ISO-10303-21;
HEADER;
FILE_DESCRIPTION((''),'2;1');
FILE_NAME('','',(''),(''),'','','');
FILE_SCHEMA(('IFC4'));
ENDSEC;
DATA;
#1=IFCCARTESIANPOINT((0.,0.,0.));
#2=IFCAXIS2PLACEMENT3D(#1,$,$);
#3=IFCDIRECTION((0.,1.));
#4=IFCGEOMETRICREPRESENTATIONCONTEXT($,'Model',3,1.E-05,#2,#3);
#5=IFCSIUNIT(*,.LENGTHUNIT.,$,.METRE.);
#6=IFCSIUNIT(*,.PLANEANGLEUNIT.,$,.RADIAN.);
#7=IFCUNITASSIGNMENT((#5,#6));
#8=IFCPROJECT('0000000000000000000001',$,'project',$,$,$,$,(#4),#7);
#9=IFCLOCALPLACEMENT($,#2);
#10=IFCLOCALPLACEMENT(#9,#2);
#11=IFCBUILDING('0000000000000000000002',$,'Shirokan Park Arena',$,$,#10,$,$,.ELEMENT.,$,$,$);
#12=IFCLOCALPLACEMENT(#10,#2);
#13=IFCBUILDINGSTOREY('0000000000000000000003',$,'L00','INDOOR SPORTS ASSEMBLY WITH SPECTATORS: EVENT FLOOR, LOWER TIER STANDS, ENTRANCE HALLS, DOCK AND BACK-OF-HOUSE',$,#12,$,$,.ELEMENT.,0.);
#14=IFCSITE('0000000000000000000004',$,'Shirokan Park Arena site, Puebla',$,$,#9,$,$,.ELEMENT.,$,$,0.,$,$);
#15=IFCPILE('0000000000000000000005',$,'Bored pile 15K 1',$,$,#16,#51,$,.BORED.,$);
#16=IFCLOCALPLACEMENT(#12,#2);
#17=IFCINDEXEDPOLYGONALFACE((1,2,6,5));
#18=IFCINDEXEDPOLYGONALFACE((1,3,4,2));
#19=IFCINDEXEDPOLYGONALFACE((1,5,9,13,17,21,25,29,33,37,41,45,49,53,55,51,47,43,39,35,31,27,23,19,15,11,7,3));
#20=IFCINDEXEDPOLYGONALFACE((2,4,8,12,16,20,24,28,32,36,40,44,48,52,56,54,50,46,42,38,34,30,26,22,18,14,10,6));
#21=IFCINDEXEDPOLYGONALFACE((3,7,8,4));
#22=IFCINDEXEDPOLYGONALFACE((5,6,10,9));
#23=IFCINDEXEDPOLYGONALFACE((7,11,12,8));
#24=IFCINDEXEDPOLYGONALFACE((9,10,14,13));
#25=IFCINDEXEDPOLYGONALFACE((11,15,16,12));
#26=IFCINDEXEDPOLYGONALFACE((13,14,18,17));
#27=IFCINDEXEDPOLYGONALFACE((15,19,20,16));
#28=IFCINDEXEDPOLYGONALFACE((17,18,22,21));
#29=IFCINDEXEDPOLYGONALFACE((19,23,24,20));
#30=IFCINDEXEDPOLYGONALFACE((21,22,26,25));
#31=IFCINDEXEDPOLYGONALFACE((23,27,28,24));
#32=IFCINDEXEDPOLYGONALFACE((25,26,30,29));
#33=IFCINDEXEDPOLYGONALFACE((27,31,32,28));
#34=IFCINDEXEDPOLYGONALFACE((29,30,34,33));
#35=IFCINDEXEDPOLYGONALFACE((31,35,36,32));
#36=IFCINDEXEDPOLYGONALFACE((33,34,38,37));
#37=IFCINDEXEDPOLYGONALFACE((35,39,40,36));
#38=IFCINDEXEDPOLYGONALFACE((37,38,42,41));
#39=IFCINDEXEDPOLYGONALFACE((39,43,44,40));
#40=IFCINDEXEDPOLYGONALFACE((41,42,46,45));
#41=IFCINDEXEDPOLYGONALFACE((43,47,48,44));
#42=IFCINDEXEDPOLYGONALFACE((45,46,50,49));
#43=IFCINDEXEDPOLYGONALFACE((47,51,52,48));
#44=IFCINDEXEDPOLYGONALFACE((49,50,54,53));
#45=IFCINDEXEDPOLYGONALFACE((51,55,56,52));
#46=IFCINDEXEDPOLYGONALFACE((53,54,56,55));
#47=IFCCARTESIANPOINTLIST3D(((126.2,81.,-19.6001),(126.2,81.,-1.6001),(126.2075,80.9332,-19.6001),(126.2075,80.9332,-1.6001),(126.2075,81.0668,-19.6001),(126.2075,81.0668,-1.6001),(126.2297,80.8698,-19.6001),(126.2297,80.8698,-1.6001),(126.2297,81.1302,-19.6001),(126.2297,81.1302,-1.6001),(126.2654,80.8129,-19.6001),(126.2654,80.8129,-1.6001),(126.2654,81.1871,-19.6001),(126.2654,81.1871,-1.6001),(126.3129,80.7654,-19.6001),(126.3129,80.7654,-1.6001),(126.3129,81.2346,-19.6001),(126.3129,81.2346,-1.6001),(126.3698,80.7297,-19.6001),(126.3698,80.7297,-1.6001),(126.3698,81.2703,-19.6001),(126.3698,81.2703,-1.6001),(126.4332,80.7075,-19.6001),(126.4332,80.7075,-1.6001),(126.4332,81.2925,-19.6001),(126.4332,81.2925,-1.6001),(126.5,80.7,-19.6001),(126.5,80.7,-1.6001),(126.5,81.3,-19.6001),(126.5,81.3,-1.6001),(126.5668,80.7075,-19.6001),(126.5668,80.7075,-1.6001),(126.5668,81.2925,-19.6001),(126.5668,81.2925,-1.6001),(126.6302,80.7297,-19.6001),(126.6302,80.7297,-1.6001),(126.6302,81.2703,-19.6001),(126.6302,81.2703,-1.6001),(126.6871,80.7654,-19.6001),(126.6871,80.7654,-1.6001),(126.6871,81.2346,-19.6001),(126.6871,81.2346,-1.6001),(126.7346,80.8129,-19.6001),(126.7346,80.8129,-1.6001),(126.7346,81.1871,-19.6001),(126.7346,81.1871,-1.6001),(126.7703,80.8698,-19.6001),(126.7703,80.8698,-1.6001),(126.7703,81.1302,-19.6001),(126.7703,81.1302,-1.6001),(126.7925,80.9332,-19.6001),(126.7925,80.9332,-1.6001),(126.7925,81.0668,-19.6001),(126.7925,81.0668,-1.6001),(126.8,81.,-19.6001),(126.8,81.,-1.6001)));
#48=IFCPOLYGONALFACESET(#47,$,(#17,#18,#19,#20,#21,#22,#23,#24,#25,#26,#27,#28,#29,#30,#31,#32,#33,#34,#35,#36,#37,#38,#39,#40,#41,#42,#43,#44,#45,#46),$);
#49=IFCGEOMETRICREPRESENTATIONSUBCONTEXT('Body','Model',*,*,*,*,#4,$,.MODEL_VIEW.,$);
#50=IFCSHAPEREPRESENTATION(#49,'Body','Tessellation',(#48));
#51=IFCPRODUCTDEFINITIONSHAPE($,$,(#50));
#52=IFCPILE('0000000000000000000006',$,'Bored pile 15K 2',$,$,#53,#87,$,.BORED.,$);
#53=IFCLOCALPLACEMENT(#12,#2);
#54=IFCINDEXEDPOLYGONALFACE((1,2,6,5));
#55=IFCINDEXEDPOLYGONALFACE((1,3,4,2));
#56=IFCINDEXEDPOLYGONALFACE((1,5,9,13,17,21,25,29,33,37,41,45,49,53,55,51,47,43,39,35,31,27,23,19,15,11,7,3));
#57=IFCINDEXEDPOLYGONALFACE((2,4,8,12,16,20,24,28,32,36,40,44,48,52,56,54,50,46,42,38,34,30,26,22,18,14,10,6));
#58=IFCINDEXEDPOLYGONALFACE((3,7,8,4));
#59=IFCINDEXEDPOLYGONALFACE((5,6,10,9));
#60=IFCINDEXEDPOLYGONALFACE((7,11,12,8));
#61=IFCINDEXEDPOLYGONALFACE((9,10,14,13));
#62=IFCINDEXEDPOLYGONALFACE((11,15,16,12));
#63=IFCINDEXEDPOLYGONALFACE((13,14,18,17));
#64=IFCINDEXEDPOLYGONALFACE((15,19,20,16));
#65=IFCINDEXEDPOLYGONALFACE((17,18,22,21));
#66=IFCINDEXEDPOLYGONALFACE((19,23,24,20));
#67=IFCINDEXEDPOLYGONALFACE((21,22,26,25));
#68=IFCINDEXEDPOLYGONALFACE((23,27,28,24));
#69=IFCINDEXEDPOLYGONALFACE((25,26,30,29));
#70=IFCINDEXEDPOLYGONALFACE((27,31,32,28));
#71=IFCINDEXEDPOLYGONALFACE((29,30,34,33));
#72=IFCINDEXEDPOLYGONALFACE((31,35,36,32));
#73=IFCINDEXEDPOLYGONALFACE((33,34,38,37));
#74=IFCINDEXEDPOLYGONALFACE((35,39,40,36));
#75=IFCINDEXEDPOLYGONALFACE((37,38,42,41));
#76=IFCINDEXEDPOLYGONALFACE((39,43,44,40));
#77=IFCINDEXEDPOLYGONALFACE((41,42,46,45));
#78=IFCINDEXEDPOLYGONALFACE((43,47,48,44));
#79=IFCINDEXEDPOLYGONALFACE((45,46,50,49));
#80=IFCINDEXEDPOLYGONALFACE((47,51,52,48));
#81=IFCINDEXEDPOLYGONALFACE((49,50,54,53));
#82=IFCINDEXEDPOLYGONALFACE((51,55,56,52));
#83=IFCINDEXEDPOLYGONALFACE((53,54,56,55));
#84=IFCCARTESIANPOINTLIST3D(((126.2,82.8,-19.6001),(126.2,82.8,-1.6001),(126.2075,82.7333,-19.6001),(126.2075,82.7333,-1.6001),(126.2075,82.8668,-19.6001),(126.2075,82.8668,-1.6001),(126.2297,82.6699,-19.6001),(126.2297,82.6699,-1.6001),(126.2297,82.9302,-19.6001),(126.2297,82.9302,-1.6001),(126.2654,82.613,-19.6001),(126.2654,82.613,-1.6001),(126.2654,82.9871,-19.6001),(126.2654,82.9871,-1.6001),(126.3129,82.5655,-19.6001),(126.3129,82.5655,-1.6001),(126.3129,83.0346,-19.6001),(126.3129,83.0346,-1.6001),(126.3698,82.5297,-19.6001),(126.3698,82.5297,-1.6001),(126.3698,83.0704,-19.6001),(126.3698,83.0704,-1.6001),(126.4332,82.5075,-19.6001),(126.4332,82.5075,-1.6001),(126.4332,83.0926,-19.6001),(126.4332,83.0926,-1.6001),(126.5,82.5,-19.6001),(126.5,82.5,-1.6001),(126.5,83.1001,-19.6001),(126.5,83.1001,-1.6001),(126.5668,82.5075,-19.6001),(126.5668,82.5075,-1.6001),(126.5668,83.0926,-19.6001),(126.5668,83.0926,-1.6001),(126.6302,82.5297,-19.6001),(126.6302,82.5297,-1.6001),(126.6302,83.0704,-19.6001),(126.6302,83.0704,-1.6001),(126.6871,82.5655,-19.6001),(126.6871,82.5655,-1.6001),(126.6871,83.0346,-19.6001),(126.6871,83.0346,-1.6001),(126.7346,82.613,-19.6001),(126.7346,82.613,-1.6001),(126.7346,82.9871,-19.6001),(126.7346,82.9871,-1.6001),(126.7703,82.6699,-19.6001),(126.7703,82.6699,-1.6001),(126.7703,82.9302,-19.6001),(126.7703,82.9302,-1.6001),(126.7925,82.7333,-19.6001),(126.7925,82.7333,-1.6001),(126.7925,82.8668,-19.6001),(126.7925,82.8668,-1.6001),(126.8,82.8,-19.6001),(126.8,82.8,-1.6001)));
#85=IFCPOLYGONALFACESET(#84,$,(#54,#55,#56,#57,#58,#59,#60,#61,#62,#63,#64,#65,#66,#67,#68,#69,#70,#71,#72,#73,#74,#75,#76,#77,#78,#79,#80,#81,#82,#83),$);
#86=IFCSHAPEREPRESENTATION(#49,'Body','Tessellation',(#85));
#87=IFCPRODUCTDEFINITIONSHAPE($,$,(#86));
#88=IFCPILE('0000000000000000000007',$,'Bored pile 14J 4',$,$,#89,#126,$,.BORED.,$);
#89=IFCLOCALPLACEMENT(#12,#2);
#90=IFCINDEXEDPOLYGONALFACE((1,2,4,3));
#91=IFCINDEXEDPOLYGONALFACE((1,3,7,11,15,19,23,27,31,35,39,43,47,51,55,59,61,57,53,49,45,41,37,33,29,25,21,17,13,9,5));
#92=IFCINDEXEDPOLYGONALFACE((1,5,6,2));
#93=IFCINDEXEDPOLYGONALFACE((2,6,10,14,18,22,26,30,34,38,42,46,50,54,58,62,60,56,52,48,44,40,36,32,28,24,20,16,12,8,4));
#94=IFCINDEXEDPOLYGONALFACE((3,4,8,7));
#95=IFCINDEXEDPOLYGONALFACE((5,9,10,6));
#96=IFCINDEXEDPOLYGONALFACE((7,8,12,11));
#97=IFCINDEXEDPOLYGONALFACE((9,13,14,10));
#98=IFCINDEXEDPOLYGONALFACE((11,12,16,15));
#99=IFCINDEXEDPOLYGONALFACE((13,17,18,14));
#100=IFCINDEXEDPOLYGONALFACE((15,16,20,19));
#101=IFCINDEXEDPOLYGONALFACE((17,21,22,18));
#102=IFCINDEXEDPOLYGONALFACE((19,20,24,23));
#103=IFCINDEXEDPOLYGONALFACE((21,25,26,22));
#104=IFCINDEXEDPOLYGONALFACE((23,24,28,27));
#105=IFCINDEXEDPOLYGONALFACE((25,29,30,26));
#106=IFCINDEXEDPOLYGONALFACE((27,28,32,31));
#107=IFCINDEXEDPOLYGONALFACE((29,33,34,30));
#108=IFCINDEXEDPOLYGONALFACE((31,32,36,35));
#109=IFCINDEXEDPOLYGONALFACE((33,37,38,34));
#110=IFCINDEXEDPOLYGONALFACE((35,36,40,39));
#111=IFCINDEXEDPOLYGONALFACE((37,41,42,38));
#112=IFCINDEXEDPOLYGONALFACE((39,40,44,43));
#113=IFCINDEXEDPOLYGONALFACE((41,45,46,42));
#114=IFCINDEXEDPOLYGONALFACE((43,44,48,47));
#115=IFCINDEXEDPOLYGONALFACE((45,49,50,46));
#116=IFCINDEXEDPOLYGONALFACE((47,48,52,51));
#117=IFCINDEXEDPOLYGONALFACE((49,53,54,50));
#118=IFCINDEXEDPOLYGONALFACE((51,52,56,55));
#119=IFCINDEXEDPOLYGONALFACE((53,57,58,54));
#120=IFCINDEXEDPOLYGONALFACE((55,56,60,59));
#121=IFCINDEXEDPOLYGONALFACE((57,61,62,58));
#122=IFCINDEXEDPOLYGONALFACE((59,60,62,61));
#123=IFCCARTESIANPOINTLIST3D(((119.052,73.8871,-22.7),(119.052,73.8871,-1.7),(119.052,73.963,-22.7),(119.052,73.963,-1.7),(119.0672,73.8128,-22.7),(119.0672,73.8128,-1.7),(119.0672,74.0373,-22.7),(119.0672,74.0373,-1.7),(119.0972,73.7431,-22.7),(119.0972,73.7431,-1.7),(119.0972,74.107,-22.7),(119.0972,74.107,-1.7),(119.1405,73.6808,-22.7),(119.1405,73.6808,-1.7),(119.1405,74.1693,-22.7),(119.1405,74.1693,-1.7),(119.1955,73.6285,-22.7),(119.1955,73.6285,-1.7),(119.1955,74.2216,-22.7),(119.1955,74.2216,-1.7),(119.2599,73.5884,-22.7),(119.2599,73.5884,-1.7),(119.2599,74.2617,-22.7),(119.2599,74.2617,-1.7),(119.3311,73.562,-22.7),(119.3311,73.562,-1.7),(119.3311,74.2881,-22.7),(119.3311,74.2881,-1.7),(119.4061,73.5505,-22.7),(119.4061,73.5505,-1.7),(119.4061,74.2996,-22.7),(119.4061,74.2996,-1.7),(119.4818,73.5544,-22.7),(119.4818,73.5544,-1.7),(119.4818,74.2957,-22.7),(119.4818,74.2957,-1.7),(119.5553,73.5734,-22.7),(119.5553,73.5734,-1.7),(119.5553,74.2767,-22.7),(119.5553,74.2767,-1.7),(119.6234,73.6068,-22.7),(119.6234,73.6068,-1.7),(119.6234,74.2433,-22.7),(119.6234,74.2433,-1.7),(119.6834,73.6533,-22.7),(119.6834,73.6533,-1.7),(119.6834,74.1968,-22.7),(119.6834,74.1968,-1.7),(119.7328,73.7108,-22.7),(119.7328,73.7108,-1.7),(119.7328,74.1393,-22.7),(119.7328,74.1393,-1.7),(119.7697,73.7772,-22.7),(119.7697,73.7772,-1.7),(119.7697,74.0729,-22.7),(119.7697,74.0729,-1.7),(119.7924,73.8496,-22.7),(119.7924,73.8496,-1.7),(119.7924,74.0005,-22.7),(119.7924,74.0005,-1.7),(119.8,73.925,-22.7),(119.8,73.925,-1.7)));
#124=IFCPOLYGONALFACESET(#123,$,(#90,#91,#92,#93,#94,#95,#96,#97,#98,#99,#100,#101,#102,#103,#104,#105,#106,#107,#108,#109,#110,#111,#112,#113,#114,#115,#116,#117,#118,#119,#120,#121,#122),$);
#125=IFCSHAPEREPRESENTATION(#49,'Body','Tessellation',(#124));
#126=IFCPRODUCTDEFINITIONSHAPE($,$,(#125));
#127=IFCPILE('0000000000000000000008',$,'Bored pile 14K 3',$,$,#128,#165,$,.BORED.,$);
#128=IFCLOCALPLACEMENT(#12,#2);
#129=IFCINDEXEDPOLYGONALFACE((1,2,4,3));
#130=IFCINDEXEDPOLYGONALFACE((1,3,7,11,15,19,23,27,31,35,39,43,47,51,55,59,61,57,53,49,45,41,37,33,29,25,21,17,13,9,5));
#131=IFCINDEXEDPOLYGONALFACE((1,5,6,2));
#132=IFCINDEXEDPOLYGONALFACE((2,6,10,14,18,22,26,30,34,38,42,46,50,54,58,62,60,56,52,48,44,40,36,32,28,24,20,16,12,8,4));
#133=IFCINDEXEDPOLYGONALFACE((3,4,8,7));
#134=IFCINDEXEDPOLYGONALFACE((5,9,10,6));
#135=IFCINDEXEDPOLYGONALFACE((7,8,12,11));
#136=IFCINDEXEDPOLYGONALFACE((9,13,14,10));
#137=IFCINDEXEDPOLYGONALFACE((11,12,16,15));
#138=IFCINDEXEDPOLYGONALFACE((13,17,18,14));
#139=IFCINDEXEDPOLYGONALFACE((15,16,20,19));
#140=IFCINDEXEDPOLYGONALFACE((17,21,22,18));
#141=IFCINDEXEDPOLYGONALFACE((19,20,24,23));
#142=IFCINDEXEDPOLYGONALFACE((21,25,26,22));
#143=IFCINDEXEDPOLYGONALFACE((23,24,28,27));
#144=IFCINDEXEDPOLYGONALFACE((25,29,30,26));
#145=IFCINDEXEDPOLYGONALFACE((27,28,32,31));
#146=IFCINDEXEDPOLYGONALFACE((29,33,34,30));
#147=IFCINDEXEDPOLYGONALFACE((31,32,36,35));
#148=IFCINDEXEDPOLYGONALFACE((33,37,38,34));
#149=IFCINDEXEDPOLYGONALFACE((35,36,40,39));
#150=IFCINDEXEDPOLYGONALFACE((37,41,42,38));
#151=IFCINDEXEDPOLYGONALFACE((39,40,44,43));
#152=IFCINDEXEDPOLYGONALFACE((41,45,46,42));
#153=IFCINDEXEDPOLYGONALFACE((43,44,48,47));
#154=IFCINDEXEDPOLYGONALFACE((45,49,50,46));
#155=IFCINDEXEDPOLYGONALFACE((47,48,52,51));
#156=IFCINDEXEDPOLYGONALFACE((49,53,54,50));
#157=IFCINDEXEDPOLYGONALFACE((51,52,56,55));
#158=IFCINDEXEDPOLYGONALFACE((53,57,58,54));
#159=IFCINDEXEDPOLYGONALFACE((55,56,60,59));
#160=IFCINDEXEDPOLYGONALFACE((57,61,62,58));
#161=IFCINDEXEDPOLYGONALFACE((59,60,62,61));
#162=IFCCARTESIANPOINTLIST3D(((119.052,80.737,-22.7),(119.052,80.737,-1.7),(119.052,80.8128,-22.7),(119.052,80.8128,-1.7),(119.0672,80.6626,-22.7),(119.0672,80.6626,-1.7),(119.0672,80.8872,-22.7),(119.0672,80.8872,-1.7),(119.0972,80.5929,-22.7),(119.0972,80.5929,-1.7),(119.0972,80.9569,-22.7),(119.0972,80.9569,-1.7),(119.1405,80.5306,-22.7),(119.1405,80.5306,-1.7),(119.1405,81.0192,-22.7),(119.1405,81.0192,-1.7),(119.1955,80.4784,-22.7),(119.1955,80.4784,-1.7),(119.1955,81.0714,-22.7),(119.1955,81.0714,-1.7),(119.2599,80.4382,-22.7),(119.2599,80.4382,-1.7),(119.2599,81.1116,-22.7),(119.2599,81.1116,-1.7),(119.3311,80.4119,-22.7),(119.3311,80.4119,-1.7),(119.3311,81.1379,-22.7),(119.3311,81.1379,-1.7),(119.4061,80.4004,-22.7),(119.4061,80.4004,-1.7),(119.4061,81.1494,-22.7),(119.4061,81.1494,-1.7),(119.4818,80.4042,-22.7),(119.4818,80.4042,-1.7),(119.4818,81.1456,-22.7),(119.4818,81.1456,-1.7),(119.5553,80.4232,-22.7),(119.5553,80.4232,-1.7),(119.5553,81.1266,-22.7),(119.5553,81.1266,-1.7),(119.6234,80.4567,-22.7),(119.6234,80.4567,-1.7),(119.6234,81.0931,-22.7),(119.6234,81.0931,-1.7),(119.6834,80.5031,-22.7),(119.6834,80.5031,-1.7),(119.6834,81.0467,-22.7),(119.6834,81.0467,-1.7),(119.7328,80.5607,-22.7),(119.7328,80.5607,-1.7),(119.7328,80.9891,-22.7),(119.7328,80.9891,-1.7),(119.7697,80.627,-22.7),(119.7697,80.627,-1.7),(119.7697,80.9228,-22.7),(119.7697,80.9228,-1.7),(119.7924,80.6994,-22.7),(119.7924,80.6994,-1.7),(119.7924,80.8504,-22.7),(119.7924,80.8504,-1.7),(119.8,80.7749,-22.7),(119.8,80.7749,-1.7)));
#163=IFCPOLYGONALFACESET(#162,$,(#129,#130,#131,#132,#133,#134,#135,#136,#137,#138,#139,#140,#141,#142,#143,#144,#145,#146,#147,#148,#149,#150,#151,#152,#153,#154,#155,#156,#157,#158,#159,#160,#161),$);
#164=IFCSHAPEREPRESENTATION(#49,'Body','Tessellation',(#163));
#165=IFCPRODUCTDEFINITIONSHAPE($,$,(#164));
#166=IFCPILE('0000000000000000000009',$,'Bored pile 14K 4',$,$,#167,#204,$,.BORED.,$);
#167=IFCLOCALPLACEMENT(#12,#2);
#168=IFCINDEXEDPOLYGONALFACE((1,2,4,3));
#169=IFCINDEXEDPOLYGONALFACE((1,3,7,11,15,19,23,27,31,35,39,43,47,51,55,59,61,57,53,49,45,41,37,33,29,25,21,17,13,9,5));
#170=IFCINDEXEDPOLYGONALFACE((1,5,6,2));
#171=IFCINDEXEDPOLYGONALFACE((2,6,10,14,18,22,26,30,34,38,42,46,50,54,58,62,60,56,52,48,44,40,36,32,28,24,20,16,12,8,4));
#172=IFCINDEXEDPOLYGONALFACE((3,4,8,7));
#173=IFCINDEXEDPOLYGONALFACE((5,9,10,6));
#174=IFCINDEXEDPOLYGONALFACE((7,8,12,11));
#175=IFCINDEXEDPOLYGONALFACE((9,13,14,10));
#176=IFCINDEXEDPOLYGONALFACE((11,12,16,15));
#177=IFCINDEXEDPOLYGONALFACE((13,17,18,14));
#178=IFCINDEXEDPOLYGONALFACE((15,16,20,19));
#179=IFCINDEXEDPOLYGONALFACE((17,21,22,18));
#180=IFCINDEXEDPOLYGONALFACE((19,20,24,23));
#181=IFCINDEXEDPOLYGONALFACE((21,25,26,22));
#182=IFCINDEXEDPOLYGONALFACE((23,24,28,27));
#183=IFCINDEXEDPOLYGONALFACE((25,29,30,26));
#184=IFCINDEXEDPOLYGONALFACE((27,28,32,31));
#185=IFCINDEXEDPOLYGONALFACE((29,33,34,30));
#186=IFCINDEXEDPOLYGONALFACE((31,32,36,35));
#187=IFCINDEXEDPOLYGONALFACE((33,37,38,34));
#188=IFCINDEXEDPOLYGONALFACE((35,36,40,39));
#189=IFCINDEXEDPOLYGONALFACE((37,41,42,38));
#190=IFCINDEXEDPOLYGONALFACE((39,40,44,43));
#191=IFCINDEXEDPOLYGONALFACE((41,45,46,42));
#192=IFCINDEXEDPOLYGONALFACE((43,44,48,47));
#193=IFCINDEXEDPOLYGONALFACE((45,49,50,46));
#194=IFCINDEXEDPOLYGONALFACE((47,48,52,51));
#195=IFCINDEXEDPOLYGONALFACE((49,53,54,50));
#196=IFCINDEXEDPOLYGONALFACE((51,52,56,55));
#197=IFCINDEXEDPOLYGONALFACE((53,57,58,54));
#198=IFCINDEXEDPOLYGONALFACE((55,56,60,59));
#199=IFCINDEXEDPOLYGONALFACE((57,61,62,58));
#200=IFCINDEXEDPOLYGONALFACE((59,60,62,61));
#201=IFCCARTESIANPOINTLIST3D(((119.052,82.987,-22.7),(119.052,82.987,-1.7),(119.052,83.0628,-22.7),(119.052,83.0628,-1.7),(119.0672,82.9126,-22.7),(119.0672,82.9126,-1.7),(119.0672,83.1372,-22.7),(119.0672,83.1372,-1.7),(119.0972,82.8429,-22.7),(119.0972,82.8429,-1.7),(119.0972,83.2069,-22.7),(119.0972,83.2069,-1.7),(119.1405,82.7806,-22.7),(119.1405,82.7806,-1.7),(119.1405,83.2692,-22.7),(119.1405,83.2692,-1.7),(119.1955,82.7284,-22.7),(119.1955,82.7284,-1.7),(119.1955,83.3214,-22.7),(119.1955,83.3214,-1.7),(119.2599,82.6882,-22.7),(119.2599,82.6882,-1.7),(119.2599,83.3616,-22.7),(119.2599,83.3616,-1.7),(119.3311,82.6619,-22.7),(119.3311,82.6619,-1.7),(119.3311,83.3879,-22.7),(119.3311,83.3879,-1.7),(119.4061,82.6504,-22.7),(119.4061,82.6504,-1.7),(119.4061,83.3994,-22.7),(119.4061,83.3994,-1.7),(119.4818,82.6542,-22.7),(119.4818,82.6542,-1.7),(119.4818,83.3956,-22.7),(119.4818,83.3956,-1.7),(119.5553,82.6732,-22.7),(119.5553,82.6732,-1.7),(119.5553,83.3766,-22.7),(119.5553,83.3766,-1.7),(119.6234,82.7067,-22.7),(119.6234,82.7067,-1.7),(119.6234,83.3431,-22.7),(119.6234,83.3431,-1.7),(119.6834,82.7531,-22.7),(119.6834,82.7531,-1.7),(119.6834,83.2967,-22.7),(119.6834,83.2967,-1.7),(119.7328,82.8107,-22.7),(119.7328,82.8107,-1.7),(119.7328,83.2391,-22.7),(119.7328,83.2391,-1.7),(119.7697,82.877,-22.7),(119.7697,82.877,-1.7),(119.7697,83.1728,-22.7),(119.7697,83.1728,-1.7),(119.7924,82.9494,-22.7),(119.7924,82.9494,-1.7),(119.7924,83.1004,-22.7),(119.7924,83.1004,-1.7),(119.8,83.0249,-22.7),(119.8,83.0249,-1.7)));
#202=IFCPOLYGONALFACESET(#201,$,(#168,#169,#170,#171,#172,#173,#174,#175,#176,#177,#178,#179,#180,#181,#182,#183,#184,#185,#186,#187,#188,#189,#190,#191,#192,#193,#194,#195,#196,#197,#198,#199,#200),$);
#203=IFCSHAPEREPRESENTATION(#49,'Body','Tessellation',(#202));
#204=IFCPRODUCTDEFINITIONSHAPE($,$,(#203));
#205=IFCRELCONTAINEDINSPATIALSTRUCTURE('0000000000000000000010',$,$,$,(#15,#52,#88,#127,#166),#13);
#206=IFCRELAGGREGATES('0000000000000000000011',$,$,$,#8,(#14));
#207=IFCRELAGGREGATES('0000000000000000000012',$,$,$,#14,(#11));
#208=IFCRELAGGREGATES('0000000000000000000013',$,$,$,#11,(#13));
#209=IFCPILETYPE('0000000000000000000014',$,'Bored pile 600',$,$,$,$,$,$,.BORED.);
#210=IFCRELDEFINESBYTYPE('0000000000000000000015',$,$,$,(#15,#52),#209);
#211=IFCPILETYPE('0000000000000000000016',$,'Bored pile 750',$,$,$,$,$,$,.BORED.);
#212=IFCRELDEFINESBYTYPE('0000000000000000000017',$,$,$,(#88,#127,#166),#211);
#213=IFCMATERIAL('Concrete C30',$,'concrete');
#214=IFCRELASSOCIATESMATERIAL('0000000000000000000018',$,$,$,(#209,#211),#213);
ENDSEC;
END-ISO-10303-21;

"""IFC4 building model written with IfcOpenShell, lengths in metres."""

from ifc_helpers import new_model, si_unit, direction, frame, origin, origin_2d, place, context, subcontext, project, spatial, circle, extrude, material, material_profile, profile_set, type_object, element, save


model = new_model("IFC4")

# Units and contexts
model_context = context("Model", 3, precision=1e-05, world=origin(), true_north=direction((0.0, 1.0)))
body_context = subcontext(model_context, "Body", "Model", "MODEL_VIEW")
ifc_project = project(units=[si_unit("LENGTHUNIT", "METRE"), si_unit("PLANEANGLEUNIT", "RADIAN")], contexts=[model_context])

# Site, building, storey
site_placement = place(None, origin())
site = spatial("IfcSite", under=ifc_project, at=site_placement, Name="Shirokan Park Arena site, Puebla", CompositionType="ELEMENT", RefElevation=0.0)
building_placement = place(site_placement, origin())
building = spatial("IfcBuilding", under=site, at=building_placement, Name="Shirokan Park Arena", CompositionType="ELEMENT")
storey_placement = place(building_placement, origin())
storey = spatial("IfcBuildingStorey", under=building, at=storey_placement, Name="L00", Description="INDOOR SPORTS ASSEMBLY WITH SPECTATORS: EVENT FLOOR, LOWER TIER STANDS, ENTRANCE HALLS, DOCK AND BACK-OF-HOUSE", CompositionType="ELEMENT", Elevation=0.0)

# Piles
ifc_material_1 = material(Name="Concrete C30", Category="concrete")
ifc_material_profile_1 = material_profile(ifc_material_1, circle(Radius=0.3, at=origin_2d()), Name="D600")
ifc_profile_set_1 = profile_set([ifc_material_profile_1], Name="Concrete C30")
pile_type_1 = type_object("IfcPileType", Name="Bored pile 600", PredefinedType="BORED", material=ifc_profile_set_1)
for number, where, z_axis, x_axis, name in (
    (1, (126.5, 81.0, -1.6001), (0.0, 0.0, -1.0), (1.0, 0.0, 0.0), "Bored pile 15K 1"),
    (2, (126.5, 82.8, -1.6001), (0.0, 0.0, -1.0), (1.0, 0.0, 0.0), "Bored pile 15K 2"),
):
    element("IfcPile", number, at=place(storey_placement, frame(where, z_axis=z_axis, x_axis=x_axis)), inside=storey, type_object=pile_type_1, Name=name, PredefinedType="BORED", context=body_context, shape_type="SweptSolid", body=[
        extrude(circle(Radius=0.3, at=origin_2d()), origin(), (0.0, 0.0, 1.0), 18.0),
    ])
ifc_material_profile_2 = material_profile(ifc_material_1, circle(Radius=0.375, at=origin_2d()), Name="D750")
ifc_profile_set_2 = profile_set([ifc_material_profile_2], Name="Concrete C30")
pile_type_2 = type_object("IfcPileType", Name="Bored pile 750", PredefinedType="BORED", material=ifc_profile_set_2)
for number, where, z_axis, x_axis, name in (
    (3, (119.425, 73.925, -1.7), (0.0, 0.0, -1.0), (1.0, 0.0, 0.0), "Bored pile 14J 4"),
    (4, (119.425, 80.7749, -1.7), (0.0, 0.0, -1.0), (1.0, 0.0, 0.0), "Bored pile 14K 3"),
    (5, (119.425, 83.0249, -1.7), (0.0, 0.0, -1.0), (1.0, 0.0, 0.0), "Bored pile 14K 4"),
):
    element("IfcPile", number, at=place(storey_placement, frame(where, z_axis=z_axis, x_axis=x_axis)), inside=storey, type_object=pile_type_2, Name=name, PredefinedType="BORED", context=body_context, shape_type="SweptSolid", body=[
        extrude(circle(Radius=0.375, at=origin_2d()), origin(), (0.0, 0.0, 1.0), 21.0),
    ])

save(model, "model.ifc")
